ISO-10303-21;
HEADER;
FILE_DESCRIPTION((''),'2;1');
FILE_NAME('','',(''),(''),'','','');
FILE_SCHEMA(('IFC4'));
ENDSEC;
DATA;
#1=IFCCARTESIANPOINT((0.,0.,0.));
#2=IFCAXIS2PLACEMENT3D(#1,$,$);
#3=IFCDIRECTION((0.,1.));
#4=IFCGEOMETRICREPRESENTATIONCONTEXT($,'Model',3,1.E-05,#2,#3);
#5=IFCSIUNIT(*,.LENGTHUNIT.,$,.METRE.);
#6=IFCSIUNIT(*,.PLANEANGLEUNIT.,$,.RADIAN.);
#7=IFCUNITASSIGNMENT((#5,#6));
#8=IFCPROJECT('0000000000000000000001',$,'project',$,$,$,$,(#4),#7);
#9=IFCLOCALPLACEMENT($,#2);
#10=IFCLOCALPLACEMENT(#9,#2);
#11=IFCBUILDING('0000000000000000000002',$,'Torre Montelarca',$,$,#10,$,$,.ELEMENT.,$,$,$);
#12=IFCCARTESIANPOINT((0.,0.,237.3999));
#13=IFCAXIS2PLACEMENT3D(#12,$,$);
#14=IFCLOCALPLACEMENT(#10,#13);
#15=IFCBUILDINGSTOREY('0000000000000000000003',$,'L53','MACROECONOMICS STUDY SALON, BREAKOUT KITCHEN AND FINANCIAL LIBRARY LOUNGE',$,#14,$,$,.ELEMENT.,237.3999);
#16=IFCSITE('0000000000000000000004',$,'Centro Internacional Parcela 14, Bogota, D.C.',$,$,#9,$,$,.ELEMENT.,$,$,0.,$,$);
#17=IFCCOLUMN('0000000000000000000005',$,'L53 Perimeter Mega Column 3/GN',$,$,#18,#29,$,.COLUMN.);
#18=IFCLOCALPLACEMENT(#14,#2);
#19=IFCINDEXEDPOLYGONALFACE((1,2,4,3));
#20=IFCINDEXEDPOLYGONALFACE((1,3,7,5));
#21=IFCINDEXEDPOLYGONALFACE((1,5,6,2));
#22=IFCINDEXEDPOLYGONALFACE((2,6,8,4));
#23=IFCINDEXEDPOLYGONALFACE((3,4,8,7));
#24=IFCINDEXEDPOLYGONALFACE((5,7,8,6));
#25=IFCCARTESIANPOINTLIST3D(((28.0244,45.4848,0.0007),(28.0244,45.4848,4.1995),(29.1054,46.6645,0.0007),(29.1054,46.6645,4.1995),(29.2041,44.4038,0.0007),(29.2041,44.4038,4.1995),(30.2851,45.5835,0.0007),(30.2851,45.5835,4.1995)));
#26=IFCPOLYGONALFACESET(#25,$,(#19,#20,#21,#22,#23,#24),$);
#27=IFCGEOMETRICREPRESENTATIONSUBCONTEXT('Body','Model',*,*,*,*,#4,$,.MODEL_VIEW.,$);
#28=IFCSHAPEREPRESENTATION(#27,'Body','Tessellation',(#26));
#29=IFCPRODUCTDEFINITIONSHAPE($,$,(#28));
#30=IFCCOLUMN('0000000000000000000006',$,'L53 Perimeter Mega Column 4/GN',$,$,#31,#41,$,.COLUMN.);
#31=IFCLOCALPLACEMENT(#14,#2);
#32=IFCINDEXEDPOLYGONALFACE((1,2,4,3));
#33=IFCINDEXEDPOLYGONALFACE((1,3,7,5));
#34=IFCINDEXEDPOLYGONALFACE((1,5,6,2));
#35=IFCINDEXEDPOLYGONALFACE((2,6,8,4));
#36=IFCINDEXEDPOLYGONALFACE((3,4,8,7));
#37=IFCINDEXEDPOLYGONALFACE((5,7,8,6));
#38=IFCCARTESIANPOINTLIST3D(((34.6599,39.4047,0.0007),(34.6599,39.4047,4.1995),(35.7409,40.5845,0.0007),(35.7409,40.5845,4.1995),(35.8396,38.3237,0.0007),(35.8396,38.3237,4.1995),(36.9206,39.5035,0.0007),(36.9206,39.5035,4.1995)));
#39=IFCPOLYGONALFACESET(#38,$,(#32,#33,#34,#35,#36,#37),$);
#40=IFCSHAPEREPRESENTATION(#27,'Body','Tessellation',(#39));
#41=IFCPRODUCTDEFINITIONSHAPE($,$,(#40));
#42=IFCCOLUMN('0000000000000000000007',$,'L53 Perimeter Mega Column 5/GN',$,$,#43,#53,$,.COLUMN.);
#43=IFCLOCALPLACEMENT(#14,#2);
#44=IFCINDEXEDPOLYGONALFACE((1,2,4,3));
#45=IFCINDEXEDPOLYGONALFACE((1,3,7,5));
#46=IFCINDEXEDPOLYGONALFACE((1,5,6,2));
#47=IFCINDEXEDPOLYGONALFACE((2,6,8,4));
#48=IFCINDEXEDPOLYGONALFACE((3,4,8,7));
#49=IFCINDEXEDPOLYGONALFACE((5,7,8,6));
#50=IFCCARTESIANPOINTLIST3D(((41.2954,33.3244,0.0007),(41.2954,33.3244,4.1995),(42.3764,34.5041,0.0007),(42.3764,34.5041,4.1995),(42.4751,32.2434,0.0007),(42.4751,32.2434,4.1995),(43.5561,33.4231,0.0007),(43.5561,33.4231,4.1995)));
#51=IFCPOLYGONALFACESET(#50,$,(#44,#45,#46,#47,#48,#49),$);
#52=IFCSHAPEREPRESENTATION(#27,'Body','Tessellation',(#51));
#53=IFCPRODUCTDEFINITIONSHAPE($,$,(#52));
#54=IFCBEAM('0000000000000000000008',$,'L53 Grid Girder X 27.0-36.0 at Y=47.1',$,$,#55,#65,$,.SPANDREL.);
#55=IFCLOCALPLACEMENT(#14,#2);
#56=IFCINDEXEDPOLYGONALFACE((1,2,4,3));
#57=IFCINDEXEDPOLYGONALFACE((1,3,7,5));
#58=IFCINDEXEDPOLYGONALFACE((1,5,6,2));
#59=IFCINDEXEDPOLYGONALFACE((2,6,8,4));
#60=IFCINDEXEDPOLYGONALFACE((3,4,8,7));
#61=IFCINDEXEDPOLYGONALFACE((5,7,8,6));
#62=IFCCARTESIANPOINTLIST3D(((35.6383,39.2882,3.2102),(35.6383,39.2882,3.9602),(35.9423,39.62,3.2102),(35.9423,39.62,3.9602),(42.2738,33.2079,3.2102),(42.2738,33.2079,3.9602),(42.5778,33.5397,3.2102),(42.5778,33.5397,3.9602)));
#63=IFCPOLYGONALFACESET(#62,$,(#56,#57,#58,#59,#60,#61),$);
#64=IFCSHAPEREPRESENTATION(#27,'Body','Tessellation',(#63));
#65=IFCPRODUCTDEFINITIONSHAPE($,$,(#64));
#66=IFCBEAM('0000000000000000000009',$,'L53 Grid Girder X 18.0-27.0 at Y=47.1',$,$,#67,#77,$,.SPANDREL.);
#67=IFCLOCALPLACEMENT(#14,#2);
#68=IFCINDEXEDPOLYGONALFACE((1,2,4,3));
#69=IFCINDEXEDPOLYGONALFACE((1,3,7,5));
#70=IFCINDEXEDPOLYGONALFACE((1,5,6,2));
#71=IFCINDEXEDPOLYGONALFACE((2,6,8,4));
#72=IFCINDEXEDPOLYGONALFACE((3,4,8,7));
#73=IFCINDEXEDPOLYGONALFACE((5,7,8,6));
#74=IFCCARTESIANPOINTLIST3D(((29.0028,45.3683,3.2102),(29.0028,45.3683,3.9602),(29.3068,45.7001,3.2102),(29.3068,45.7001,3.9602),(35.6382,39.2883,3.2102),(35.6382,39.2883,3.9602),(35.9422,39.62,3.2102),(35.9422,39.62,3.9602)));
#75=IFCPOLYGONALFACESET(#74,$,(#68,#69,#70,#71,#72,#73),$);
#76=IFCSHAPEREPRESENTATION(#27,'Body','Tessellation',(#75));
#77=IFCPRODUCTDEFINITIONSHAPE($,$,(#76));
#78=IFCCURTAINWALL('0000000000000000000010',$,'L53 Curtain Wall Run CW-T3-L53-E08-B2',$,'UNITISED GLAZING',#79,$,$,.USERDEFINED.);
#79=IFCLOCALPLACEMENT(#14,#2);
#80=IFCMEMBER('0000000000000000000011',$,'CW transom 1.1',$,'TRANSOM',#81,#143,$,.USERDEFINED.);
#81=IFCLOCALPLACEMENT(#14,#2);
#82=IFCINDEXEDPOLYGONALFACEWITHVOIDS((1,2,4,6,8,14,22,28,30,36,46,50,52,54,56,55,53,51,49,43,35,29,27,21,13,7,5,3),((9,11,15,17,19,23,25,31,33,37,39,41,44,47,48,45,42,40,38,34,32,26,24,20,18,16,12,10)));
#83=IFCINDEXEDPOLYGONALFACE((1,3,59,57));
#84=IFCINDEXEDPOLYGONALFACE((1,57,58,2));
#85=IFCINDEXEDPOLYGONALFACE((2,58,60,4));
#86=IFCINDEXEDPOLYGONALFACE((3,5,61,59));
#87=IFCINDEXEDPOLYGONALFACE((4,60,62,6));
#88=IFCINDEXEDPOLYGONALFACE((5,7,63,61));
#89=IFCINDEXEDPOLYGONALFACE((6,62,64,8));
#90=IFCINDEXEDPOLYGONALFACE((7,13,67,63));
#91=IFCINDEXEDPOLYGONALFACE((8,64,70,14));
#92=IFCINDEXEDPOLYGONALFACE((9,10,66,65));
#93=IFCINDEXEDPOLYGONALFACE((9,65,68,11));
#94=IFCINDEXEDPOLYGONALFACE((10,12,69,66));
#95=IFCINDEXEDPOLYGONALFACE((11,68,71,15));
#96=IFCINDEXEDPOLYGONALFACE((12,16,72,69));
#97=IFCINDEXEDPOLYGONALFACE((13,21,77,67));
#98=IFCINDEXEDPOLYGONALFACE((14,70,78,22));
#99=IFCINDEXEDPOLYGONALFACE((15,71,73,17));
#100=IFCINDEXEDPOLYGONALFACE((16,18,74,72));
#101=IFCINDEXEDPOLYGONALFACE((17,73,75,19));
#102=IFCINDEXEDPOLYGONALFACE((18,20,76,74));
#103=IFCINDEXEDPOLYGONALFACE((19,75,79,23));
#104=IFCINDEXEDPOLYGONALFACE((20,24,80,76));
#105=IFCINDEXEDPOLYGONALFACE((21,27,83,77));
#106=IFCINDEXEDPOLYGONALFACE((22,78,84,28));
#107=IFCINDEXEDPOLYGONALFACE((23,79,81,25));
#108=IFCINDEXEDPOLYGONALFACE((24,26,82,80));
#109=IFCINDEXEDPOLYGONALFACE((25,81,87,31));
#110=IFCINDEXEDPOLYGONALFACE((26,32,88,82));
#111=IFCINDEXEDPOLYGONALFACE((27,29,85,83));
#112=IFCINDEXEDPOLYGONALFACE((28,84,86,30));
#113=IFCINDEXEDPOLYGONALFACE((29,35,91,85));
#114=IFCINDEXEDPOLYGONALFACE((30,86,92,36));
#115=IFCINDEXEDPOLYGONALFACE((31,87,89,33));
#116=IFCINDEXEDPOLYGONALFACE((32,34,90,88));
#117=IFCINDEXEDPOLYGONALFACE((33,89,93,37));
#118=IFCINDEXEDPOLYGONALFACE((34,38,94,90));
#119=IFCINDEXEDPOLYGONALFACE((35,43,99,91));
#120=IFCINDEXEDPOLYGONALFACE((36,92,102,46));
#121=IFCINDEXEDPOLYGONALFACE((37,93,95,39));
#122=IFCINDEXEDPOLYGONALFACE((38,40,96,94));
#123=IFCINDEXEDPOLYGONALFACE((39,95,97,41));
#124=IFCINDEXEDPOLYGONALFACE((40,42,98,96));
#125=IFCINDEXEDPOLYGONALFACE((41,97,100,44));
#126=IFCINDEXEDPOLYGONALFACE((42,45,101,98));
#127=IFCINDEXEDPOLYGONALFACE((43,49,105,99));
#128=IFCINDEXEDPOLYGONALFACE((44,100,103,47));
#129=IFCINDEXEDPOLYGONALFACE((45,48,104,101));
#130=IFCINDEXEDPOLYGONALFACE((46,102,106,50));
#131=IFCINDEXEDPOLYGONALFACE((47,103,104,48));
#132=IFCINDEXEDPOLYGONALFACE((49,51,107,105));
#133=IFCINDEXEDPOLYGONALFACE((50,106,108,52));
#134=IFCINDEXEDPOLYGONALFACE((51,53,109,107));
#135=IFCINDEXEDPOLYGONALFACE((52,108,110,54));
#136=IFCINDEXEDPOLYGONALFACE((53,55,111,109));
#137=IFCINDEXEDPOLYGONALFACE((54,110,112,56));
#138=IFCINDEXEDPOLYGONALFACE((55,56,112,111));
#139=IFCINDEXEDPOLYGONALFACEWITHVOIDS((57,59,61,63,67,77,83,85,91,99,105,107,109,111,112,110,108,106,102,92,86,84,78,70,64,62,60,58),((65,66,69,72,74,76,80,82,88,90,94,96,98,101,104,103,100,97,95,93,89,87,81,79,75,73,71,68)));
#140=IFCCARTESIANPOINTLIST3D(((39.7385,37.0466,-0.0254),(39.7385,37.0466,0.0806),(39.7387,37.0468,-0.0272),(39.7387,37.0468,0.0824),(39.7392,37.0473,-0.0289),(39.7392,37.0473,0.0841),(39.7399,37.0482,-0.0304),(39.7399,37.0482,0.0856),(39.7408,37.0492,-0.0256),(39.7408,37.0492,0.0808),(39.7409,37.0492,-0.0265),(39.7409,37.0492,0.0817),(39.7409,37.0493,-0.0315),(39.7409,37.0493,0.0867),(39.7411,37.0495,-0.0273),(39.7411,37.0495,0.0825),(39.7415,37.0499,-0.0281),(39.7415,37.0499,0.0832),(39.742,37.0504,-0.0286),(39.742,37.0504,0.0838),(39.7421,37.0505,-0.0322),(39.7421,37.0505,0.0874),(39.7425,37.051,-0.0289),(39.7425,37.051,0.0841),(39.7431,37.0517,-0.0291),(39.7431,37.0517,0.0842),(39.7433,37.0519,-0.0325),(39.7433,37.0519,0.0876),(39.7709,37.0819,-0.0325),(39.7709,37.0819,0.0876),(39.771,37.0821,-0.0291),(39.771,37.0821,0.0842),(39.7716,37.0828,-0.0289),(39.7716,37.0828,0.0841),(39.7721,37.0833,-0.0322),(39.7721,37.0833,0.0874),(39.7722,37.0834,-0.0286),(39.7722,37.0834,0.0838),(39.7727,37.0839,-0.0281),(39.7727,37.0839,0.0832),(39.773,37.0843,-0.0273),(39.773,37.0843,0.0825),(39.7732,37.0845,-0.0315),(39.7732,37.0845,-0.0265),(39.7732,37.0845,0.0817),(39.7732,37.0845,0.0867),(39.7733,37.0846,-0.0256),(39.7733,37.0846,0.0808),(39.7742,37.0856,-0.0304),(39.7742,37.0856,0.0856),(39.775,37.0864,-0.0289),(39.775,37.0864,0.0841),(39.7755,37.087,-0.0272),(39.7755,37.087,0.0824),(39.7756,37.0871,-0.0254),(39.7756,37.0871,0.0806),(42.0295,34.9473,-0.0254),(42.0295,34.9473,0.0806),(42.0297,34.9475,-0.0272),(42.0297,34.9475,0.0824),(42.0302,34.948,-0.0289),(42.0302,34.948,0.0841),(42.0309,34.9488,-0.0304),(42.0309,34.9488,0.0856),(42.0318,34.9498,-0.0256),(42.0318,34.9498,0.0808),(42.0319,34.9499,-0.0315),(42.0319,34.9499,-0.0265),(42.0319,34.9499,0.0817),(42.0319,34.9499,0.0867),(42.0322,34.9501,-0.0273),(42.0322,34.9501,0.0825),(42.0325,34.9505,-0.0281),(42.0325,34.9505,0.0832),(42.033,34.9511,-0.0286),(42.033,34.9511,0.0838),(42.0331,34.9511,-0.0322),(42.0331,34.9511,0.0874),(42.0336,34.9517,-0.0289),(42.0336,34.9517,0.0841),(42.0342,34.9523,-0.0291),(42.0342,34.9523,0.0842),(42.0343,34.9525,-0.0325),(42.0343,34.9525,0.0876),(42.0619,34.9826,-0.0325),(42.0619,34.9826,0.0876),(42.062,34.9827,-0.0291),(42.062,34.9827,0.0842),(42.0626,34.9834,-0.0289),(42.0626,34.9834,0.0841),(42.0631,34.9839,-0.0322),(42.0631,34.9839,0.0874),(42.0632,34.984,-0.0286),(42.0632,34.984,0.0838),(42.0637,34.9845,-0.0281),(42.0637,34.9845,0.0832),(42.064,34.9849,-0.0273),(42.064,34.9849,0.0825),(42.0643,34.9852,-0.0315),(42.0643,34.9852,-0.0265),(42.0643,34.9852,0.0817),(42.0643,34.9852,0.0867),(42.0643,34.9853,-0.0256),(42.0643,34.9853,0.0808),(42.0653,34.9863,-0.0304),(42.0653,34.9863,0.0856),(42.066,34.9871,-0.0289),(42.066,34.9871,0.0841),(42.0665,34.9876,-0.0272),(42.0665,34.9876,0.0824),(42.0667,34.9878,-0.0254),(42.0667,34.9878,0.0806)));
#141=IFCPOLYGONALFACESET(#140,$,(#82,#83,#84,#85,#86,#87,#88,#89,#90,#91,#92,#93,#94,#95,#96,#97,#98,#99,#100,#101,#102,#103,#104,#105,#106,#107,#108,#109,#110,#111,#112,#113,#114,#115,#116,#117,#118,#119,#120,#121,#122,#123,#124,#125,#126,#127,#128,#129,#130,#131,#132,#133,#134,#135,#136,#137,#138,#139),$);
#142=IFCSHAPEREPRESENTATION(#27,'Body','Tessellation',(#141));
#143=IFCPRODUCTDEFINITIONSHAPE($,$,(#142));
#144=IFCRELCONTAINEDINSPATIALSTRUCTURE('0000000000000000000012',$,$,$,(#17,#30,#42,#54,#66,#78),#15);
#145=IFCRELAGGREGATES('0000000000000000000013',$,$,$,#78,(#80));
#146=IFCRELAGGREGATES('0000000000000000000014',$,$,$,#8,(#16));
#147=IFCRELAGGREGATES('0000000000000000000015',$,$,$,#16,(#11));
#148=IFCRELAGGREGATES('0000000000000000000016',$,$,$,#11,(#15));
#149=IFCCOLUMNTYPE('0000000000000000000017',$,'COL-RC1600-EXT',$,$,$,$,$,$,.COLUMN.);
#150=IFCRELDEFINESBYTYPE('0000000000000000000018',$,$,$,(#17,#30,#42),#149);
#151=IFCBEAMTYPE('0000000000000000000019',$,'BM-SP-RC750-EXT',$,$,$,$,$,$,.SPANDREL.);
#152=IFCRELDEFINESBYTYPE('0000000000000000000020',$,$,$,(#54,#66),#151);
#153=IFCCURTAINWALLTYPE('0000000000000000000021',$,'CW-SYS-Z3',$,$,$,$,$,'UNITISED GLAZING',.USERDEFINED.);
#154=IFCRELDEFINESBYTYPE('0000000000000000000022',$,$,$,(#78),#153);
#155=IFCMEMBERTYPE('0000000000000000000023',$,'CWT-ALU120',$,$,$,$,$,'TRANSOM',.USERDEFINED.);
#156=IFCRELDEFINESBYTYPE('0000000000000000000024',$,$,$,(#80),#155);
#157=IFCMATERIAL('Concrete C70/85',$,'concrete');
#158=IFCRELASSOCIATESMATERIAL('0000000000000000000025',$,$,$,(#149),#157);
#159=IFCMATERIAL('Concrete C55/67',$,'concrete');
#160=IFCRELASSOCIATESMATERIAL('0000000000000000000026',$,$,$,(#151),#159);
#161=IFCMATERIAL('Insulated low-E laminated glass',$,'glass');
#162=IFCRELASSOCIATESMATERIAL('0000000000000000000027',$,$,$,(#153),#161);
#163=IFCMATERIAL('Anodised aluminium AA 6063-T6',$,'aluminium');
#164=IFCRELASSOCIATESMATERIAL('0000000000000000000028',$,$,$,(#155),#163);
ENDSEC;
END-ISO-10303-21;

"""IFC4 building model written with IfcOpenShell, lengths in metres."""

from ifc_helpers import new_model, si_unit, direction, frame, origin, origin_2d, place, context, subcontext, project, spatial, rectangle, hollow_rectangle, extrude, source, transform, mapped, material, material_profile, profile_set, type_object, element, aggregate, save


model = new_model("IFC4")

# Units and contexts
model_context = context("Model", 3, precision=1e-05, world=origin(), true_north=direction((0.0, 1.0)))
body_context = subcontext(model_context, "Body", "Model", "MODEL_VIEW")
ifc_project = project(units=[si_unit("LENGTHUNIT", "METRE"), si_unit("PLANEANGLEUNIT", "RADIAN")], contexts=[model_context])

# Site, building, storey
site_placement = place(None, origin())
site = spatial("IfcSite", under=ifc_project, at=site_placement, Name="Centro Internacional Parcela 14, Bogota, D.C.", CompositionType="ELEMENT", RefElevation=0.0)
building_placement = place(site_placement, origin())
building = spatial("IfcBuilding", under=site, at=building_placement, Name="Torre Montelarca", CompositionType="ELEMENT")
storey_placement = place(building_placement, frame((0.0, 0.0, 237.3999)))
storey = spatial("IfcBuildingStorey", under=building, at=storey_placement, Name="L53", Description="MACROECONOMICS STUDY SALON, BREAKOUT KITCHEN AND FINANCIAL LIBRARY LOUNGE", CompositionType="ELEMENT", Elevation=237.3999)

# Columns
ifc_material_1 = material(Name="Concrete C70/85", Category="concrete")
ifc_material_profile_1 = material_profile(ifc_material_1, rectangle(XDim=1.6001, YDim=1.6001, at=origin_2d()), Name="RC1600X1600", Category="concrete")
ifc_profile_set_1 = profile_set([ifc_material_profile_1], Name="Concrete C70/85")
column_type = type_object("IfcColumnType", Name="COL-RC1600-EXT", PredefinedType="COLUMN", material=ifc_profile_set_1)
shared_shape_1 = source(origin(), body_context, "Body", "SweptSolid", [
    extrude(rectangle(XDim=1.6001, YDim=1.6001, at=origin_2d()), origin(), (0.0, 0.0, 1.0), 4.1987),
])
for number, where, z_axis, x_axis, name in (
    (1, (29.1548, 45.5342, 0.0007), (0.0, 0.0, 1.0), (-0.737277, 0.67559, 0.0), "L53 Perimeter Mega Column 3/GN"),
    (2, (35.7903, 39.4541, 0.0007), (0.0, 0.0, 1.0), (-0.737277, 0.67559, 0.0), "L53 Perimeter Mega Column 4/GN"),
    (3, (42.4258, 33.3738, 0.0007), (0.0, 0.0, 1.0), (-0.737277, 0.67559, 0.0), "L53 Perimeter Mega Column 5/GN"),
):
    element("IfcColumn", number, at=place(storey_placement, frame(where, z_axis=z_axis, x_axis=x_axis)), inside=storey, type_object=column_type, Name=name, PredefinedType="COLUMN", context=body_context, shape_type="MappedRepresentation", body=[
        mapped(shared_shape_1, transform((0.0, 0.0, 0.0), scale=1.0)),
    ])

# Beams
ifc_material_2 = material(Name="Concrete C55/67", Category="concrete")
ifc_material_profile_2 = material_profile(ifc_material_2, rectangle(XDim=0.45, YDim=0.75, at=origin_2d()), Name="RCB450X750", Category="concrete")
ifc_profile_set_2 = profile_set([ifc_material_profile_2], Name="Concrete C55/67")
beam_type = type_object("IfcBeamType", Name="BM-SP-RC750-EXT", PredefinedType="SPANDREL", material=ifc_profile_set_2)
shared_shape_2 = source(origin(), body_context, "Body", "SweptSolid", [
    extrude(rectangle(XDim=0.45, YDim=0.75, at=origin_2d()), origin(), (0.0, 0.0, 1.0), 9.0),
])
beam_1_placement = place(storey_placement, frame((35.7903, 39.4541, 3.5852), z_axis=(0.737277, -0.675591, 0.0), x_axis=(0.675591, 0.737277, 0.0)))
element("IfcBeam", 4, at=beam_1_placement, inside=storey, type_object=beam_type, Name="L53 Grid Girder X 27.0-36.0 at Y=47.1", PredefinedType="SPANDREL", context=body_context, shape_type="MappedRepresentation", body=[
    mapped(shared_shape_2, transform((0.0, 0.0, 0.0), scale=1.0)),
])
shared_shape_3 = source(origin(), body_context, "Body", "SweptSolid", [
    extrude(rectangle(XDim=0.45, YDim=0.75, at=origin_2d()), origin(), (0.0, 0.0, 1.0), 8.9998),
])
beam_2_placement = place(storey_placement, frame((29.1548, 45.5342, 3.5852), z_axis=(0.73729, -0.675576, 0.0), x_axis=(0.675576, 0.73729, 0.0)))
element("IfcBeam", 5, at=beam_2_placement, inside=storey, type_object=beam_type, Name="L53 Grid Girder X 18.0-27.0 at Y=47.1", PredefinedType="SPANDREL", context=body_context, shape_type="MappedRepresentation", body=[
    mapped(shared_shape_3, transform((0.0, 0.0, 0.0), scale=1.0)),
])

# Curtain wall, member
ifc_material_3 = material(Name="Insulated low-E laminated glass", Category="glass")
curtain_wall_type = type_object("IfcCurtainWallType", Name="CW-SYS-Z3", ElementType="UNITISED GLAZING", PredefinedType="USERDEFINED", material=ifc_material_3)
curtain_wall_1_placement = place(storey_placement, origin())
curtain_wall_1 = element("IfcCurtainWall", 6, at=curtain_wall_1_placement, inside=storey, type_object=curtain_wall_type, Name="L53 Curtain Wall Run CW-T3-L53-E08-B2", ObjectType="UNITISED GLAZING", PredefinedType="USERDEFINED")
ifc_material_4 = material(Name="Anodised aluminium AA 6063-T6", Category="aluminium")
ifc_material_profile_3 = material_profile(ifc_material_4, hollow_rectangle(XDim=0.0549, YDim=0.1201, WallThickness=0.0034, InnerFilletRadius=0.0034, OuterFilletRadius=0.0071, at=origin_2d()), Name="ALU55X120X3.5", Category="aluminium")
ifc_profile_set_3 = profile_set([ifc_material_profile_3], Name="Anodised aluminium AA 6063-T6")
member_type_1 = type_object("IfcMemberType", Name="CWT-ALU120", ElementType="TRANSOM", PredefinedType="USERDEFINED", material=ifc_profile_set_3)
shared_shape_4 = source(origin(), body_context, "Body", "SweptSolid", [
    extrude(hollow_rectangle(XDim=0.0549, YDim=0.1201, WallThickness=0.0034, InnerFilletRadius=0.0034, OuterFilletRadius=0.0071, at=origin_2d()), origin(), (0.0, 0.0, 1.0), 3.1074),
])
member_1_placement = place(storey_placement, frame((42.0481, 34.9675, 0.0276), z_axis=(-0.737272, 0.675597, 0.0), x_axis=(-0.675597, -0.737272, 0.0)))
member_1 = element("IfcMember", 7, at=member_1_placement, type_object=member_type_1, Name="CW transom 1.1", ObjectType="TRANSOM", PredefinedType="USERDEFINED", context=body_context, shape_type="MappedRepresentation", body=[
    mapped(shared_shape_4, transform((0.0, 0.0, 0.0), scale=1.0)),
])

aggregate(curtain_wall_1, [member_1])

save(model, "model.ifc")
